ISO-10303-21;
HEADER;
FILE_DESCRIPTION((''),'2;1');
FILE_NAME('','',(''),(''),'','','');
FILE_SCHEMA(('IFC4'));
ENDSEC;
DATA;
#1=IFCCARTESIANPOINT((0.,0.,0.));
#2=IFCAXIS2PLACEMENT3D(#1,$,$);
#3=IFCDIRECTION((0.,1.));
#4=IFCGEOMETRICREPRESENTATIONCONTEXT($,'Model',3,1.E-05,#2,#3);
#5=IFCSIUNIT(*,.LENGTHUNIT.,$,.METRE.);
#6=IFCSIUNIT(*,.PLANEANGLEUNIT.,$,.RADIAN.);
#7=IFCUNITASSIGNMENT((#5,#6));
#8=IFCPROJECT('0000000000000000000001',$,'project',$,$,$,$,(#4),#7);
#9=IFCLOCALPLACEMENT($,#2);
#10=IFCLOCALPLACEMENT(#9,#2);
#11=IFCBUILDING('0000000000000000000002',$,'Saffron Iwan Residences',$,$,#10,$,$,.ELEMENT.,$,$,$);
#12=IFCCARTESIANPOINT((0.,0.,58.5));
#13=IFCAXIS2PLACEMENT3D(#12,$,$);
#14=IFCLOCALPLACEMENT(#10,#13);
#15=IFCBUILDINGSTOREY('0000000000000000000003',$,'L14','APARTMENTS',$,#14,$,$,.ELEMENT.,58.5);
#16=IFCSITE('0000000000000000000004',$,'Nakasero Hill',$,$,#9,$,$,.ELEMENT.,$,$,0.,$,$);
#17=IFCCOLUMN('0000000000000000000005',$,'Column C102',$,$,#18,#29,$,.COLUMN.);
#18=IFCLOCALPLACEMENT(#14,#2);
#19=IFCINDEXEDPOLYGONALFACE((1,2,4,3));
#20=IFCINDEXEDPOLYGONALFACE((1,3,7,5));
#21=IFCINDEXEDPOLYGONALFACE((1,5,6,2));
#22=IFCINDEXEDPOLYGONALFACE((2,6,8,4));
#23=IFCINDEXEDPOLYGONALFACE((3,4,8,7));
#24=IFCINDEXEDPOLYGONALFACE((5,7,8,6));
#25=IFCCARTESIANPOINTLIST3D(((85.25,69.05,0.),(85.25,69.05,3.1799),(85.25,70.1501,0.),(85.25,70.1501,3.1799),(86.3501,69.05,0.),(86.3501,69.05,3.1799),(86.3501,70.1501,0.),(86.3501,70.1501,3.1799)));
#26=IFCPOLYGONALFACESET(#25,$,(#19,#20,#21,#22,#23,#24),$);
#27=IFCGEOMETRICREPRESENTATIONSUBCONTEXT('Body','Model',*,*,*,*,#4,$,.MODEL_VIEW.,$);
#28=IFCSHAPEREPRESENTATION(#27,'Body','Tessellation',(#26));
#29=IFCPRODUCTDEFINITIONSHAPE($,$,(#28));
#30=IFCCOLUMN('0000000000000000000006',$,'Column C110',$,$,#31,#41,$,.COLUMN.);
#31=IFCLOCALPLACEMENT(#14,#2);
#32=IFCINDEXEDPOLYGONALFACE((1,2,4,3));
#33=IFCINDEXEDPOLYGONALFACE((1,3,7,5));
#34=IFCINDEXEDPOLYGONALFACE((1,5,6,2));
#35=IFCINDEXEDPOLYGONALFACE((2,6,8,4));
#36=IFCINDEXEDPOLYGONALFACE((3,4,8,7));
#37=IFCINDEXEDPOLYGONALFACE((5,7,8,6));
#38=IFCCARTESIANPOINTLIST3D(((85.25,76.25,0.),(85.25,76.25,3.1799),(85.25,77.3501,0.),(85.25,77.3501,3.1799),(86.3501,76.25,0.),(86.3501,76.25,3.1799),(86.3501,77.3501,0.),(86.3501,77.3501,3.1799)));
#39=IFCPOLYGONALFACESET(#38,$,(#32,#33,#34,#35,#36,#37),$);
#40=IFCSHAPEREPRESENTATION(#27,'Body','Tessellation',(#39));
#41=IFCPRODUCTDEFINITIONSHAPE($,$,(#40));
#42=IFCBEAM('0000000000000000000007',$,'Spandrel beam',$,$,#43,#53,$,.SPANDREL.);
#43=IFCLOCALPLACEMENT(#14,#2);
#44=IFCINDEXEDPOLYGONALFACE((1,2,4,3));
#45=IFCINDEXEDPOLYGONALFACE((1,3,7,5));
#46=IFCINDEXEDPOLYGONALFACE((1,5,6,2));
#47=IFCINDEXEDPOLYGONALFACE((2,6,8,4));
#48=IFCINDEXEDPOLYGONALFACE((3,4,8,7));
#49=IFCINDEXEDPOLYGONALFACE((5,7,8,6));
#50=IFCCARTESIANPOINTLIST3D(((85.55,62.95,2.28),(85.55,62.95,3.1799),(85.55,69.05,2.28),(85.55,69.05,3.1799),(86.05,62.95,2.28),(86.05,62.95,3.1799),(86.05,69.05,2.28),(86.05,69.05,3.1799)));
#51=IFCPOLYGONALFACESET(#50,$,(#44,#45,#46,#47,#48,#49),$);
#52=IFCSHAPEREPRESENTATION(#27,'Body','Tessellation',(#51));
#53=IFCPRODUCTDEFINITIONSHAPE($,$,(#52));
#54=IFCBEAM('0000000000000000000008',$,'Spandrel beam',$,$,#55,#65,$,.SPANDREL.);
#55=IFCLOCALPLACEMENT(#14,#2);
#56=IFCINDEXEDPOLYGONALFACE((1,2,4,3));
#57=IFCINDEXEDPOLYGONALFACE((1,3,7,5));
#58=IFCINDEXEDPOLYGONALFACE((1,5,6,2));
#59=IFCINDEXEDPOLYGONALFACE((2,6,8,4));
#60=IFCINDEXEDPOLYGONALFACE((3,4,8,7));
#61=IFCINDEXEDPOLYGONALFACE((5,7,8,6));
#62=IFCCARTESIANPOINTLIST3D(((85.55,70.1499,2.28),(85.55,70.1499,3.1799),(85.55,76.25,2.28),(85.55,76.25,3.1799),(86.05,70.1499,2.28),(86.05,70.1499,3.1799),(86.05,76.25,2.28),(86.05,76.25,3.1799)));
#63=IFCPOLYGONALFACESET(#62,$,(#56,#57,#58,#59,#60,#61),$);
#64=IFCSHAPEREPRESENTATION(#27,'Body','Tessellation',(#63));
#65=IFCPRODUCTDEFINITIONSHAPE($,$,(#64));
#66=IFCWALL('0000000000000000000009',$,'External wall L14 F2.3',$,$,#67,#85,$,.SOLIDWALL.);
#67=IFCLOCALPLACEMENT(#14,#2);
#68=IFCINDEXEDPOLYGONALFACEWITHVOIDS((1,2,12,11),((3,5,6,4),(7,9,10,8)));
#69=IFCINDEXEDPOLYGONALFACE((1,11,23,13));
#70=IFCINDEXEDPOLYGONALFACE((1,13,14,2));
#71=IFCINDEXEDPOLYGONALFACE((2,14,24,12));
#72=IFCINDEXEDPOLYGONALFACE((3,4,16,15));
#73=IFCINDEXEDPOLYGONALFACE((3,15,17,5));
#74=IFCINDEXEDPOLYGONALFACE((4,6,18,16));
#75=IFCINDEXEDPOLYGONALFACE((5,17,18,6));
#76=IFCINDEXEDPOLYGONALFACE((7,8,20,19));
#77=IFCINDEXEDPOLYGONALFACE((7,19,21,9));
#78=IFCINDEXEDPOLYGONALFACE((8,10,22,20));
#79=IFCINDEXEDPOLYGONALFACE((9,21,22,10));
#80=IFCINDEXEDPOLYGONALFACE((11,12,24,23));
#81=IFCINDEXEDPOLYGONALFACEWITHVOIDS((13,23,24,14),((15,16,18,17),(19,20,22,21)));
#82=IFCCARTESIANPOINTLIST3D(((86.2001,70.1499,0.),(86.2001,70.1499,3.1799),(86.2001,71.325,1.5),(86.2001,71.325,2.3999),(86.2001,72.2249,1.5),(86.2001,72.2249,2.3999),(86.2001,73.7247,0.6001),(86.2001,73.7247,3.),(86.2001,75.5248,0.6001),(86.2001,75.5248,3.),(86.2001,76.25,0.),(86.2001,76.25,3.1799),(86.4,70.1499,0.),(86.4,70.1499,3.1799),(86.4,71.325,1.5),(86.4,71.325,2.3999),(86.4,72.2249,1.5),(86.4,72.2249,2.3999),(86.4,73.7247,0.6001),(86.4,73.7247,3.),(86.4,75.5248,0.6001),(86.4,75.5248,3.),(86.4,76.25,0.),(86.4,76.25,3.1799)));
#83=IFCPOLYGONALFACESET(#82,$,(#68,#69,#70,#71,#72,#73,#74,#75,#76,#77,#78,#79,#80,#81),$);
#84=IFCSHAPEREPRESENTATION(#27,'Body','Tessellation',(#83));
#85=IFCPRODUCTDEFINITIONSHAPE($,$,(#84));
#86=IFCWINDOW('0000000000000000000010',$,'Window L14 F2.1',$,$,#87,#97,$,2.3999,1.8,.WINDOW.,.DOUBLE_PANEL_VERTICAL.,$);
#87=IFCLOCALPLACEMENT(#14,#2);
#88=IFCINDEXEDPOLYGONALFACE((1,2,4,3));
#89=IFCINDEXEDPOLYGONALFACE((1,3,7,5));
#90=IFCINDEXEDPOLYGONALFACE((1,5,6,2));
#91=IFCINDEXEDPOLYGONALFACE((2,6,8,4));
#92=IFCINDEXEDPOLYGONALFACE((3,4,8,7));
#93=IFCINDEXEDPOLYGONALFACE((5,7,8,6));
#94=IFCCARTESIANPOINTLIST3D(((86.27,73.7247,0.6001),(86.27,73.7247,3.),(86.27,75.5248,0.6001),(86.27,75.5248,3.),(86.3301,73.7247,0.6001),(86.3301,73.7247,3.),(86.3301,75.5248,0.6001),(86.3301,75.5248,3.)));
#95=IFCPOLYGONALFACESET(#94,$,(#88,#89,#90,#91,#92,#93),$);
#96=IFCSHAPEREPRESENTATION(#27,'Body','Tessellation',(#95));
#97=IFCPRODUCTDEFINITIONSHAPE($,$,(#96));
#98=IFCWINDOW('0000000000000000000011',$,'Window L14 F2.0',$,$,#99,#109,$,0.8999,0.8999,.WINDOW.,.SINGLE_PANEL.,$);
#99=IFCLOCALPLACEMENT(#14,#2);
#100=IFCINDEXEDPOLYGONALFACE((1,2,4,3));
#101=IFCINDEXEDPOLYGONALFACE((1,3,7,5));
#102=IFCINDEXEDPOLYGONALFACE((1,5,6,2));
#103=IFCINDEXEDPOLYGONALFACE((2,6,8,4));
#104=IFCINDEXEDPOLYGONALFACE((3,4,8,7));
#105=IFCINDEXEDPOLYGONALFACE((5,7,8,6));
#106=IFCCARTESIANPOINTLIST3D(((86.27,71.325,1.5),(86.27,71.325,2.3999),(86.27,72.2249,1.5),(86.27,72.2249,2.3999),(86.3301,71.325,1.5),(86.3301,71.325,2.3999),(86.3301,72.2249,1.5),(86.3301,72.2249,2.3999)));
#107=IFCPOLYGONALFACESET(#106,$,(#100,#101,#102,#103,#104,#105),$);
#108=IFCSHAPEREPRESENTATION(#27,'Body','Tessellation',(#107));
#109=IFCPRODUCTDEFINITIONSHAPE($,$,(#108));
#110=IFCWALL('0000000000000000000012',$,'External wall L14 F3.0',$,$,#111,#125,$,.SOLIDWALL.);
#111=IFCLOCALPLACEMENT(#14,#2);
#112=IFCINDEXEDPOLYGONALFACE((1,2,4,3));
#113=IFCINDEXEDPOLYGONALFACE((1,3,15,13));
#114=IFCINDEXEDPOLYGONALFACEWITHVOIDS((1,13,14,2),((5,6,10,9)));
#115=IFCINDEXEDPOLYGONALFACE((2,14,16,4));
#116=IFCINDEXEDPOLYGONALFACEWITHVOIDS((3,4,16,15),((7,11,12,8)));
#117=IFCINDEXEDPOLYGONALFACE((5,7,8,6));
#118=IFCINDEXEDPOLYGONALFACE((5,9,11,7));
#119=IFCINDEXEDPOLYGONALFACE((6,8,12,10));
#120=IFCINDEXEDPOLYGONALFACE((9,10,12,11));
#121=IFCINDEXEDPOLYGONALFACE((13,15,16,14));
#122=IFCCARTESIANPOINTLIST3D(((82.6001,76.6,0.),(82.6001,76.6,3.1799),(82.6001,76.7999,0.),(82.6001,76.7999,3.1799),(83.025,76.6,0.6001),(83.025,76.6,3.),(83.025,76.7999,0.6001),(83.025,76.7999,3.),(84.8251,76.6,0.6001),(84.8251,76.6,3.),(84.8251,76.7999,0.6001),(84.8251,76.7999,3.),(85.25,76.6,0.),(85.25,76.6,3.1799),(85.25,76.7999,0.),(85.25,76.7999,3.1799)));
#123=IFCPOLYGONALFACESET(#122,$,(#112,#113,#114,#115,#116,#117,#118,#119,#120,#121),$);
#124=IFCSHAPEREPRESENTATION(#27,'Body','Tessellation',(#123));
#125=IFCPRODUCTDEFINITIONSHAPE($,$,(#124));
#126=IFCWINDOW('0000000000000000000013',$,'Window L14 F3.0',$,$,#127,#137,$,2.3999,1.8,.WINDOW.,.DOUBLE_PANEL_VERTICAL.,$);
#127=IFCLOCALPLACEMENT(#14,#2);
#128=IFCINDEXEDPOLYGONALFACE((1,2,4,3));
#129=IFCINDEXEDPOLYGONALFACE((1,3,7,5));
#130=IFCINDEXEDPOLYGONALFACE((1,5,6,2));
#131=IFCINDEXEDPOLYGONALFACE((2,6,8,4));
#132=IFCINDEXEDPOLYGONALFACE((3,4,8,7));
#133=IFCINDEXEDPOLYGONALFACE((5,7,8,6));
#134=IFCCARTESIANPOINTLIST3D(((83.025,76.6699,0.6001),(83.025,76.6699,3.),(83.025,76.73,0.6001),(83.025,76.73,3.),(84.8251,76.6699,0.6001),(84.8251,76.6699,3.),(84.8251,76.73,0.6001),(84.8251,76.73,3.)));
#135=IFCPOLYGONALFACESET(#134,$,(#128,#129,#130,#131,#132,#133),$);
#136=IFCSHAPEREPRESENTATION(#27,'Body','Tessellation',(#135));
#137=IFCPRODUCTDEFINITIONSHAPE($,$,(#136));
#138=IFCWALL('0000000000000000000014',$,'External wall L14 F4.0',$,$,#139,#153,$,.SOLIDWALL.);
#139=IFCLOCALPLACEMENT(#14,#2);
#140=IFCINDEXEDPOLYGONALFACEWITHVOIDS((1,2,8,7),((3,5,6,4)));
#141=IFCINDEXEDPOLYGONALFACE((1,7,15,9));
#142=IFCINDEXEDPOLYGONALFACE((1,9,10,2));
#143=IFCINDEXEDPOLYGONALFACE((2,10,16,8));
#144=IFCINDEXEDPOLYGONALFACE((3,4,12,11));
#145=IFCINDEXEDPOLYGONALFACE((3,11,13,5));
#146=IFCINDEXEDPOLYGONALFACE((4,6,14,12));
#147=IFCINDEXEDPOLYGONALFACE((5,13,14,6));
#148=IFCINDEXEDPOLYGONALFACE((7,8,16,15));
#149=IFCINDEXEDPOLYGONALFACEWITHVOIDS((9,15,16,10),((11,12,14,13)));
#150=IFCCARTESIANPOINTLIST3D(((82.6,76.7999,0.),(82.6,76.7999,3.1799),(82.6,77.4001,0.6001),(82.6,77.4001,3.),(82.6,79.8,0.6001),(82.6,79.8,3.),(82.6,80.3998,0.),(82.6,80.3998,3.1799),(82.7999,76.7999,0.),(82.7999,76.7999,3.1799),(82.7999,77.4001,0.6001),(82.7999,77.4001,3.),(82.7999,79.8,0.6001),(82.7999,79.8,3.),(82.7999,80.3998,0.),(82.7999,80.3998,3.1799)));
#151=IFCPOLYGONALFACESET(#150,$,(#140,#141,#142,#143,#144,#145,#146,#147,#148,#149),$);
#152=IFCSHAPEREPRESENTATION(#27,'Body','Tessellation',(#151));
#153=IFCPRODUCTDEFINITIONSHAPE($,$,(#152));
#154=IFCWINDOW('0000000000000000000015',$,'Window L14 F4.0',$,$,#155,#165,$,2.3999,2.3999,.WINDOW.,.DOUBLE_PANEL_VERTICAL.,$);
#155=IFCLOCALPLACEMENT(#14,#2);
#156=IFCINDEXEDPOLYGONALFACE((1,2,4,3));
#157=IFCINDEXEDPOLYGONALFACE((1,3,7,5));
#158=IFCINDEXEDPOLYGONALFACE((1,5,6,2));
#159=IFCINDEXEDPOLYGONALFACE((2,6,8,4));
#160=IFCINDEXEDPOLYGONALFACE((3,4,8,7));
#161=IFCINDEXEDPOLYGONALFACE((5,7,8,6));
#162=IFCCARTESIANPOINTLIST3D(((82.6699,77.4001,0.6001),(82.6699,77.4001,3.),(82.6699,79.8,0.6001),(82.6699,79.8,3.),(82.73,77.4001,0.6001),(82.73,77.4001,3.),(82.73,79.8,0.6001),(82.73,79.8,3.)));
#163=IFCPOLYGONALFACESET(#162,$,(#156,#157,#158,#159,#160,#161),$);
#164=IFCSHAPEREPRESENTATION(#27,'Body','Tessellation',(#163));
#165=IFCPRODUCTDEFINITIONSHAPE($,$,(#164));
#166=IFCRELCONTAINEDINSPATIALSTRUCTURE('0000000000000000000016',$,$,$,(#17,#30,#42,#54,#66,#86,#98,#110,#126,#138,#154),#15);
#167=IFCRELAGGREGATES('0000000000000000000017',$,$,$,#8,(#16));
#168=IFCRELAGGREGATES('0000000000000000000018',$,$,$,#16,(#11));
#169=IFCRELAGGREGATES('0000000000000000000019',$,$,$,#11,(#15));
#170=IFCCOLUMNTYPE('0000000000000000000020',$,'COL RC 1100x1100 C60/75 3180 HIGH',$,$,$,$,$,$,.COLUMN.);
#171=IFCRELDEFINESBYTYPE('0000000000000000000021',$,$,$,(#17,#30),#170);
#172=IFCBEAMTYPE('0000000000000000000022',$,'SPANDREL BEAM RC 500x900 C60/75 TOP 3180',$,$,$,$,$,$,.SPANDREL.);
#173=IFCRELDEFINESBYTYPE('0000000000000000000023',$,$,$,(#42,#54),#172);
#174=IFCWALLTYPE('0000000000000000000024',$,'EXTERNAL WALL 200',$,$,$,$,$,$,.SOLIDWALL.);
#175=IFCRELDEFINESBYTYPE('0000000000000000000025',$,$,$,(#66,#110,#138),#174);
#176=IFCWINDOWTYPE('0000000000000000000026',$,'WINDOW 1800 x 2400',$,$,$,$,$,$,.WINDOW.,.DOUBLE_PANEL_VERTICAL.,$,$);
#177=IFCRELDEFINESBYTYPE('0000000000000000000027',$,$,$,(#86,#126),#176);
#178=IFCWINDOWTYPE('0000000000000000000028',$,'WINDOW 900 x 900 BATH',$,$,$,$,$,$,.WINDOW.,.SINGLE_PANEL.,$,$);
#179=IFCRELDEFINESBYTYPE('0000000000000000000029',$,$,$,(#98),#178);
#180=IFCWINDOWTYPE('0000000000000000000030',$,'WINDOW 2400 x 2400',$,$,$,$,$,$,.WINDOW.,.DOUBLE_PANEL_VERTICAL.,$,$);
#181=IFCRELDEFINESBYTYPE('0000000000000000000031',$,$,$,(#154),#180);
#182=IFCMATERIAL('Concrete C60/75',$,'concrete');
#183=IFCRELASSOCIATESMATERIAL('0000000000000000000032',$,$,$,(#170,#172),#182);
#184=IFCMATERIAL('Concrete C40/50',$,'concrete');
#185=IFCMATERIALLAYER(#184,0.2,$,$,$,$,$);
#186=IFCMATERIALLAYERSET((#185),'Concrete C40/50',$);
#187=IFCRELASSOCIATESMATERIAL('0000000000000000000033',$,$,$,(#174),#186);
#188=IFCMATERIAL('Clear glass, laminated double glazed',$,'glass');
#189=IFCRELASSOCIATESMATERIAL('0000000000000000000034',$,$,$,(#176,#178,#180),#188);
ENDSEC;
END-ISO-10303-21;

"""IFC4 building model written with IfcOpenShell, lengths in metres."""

from ifc_helpers import new_model, si_unit, direction, frame, frame_2d, origin, origin_2d, place, context, subcontext, project, spatial, rectangle, extrude, source, transform, mapped, material, layer, layer_set, material_profile, profile_set, type_object, element, fill, save


model = new_model("IFC4")

# Units and contexts
model_context = context("Model", 3, precision=1e-05, world=origin(), true_north=direction((0.0, 1.0)))
body_context = subcontext(model_context, "Body", "Model", "MODEL_VIEW")
ifc_project = project(units=[si_unit("LENGTHUNIT", "METRE"), si_unit("PLANEANGLEUNIT", "RADIAN")], contexts=[model_context])

# Site, building, storey
site_placement = place(None, origin())
site = spatial("IfcSite", under=ifc_project, at=site_placement, Name="Nakasero Hill", CompositionType="ELEMENT", RefElevation=0.0)
building_placement = place(site_placement, origin())
building = spatial("IfcBuilding", under=site, at=building_placement, Name="Saffron Iwan Residences", CompositionType="ELEMENT")
storey_placement = place(building_placement, frame((0.0, 0.0, 58.5)))
storey = spatial("IfcBuildingStorey", under=building, at=storey_placement, Name="L14", Description="APARTMENTS", CompositionType="ELEMENT", Elevation=58.5)

# Columns
ifc_material_1 = material(Name="Concrete C60/75", Category="concrete")
ifc_material_profile_1 = material_profile(ifc_material_1, rectangle(XDim=1.1001, YDim=1.1001, at=origin_2d()), Name="RC 1100x1100")
ifc_profile_set_1 = profile_set([ifc_material_profile_1], Name="Concrete C60/75")
column_type = type_object("IfcColumnType", Name="COL RC 1100x1100 C60/75 3180 HIGH", PredefinedType="COLUMN", material=ifc_profile_set_1)
shared_shape_1 = source(origin(), body_context, "Body", "SweptSolid", [
    extrude(rectangle(XDim=1.1001, YDim=1.1001, at=origin_2d()), origin(), (0.0, 0.0, 1.0), 3.1799),
])
for number, where, z_axis, x_axis, name in (
    (1, (85.8, 69.6001, 0.0), (0.0, 0.0, 1.0), (1.0, 0.0, 0.0), "Column C102"),
    (2, (85.8, 76.8, 0.0), (0.0, 0.0, 1.0), (1.0, 0.0, 0.0), "Column C110"),
):
    element("IfcColumn", number, at=place(storey_placement, frame(where, z_axis=z_axis, x_axis=x_axis)), inside=storey, type_object=column_type, Name=name, PredefinedType="COLUMN", context=body_context, shape_type="MappedRepresentation", body=[
        mapped(shared_shape_1, transform((0.0, 0.0, 0.0))),
    ])

# Beams
ifc_material_profile_2 = material_profile(ifc_material_1, rectangle(XDim=0.5, YDim=0.8999, at=origin_2d()), Name="RC 500x900")
ifc_profile_set_2 = profile_set([ifc_material_profile_2], Name="Concrete C60/75")
beam_type = type_object("IfcBeamType", Name="SPANDREL BEAM RC 500x900 C60/75 TOP 3180", PredefinedType="SPANDREL", material=ifc_profile_set_2)
shared_shape_2 = source(origin(), body_context, "Body", "SweptSolid", [
    extrude(rectangle(XDim=0.5, YDim=0.8999, at=origin_2d()), origin(), (0.0, 0.0, 1.0), 6.1001),
])
for number, where, z_axis, x_axis, name in (
    (3, (85.8, 69.05, 2.73), (0.0, -1.0, 0.0), (1.0, 0.0, 0.0), "Spandrel beam"),
    (4, (85.8, 76.25, 2.73), (0.0, -1.0, 0.0), (1.0, 0.0, 0.0), "Spandrel beam"),
):
    element("IfcBeam", number, at=place(storey_placement, frame(where, z_axis=z_axis, x_axis=x_axis)), inside=storey, type_object=beam_type, Name=name, PredefinedType="SPANDREL", context=body_context, shape_type="MappedRepresentation", body=[
        mapped(shared_shape_2, transform((0.0, 0.0, 0.0))),
    ])

# Wall, openings, windows
ifc_material_2 = material(Name="Concrete C40/50", Category="concrete")
ifc_layer = layer(ifc_material_2, 0.2)
ifc_layer_set = layer_set([ifc_layer], Name="Concrete C40/50")
wall_type = type_object("IfcWallType", Name="EXTERNAL WALL 200", PredefinedType="SOLIDWALL", material=ifc_layer_set)
wall_1_placement = place(storey_placement, frame((86.3, 70.1499, 0.0), z_axis=(0.0, 0.0, 1.0), x_axis=(0.0, 1.0, 0.0)))
wall_1 = element("IfcWall", 5, at=wall_1_placement, inside=storey, type_object=wall_type, Name="External wall L14 F2.3", PredefinedType="SOLIDWALL", context=body_context, shape_type="SweptSolid", body=[
    extrude(rectangle(XDim=6.1001, YDim=0.2, at=frame_2d((3.05, 0.0))), origin(), (0.0, 0.0, 1.0), 3.1799),
])
opening_1_placement = place(wall_1_placement, frame((1.175, 0.0, 1.5)))
opening_1 = element("IfcOpeningElement", 6, at=opening_1_placement, cuts=wall_1, PredefinedType="OPENING", context=body_context, shape_type="SweptSolid", body=[
    extrude(rectangle(XDim=0.8999, YDim=0.8999, at=frame_2d((0.45, 0.45))), frame((0.0, 0.1099, 0.0), z_axis=(0.0, -1.0, 0.0), x_axis=(1.0, 0.0, 0.0)), (0.0, 0.0, 1.0), 0.22),
])
opening_2_placement = place(wall_1_placement, frame((3.575, 0.0, 0.6001)))
opening_2 = element("IfcOpeningElement", 7, at=opening_2_placement, cuts=wall_1, PredefinedType="OPENING", context=body_context, shape_type="SweptSolid", body=[
    extrude(rectangle(XDim=1.8, YDim=2.3999, at=frame_2d((0.8999, 1.2))), frame((0.0, 0.1099, 0.0), z_axis=(0.0, -1.0, 0.0), x_axis=(1.0, 0.0, 0.0)), (0.0, 0.0, 1.0), 0.22),
])
ifc_material_3 = material(Name="Clear glass, laminated double glazed", Category="glass")
window_type_1 = type_object("IfcWindowType", Name="WINDOW 1800 x 2400", PartitioningType="DOUBLE_PANEL_VERTICAL", PredefinedType="WINDOW", material=ifc_material_3)
window_1_placement = place(opening_2_placement, origin())
window_1 = element("IfcWindow", 8, at=window_1_placement, inside=storey, type_object=window_type_1, Name="Window L14 F2.1", OverallHeight=2.3999, OverallWidth=1.8, PartitioningType="DOUBLE_PANEL_VERTICAL", PredefinedType="WINDOW", context=body_context, shape_type="SweptSolid", body=[
    extrude(rectangle(XDim=1.8, YDim=2.3999, at=frame_2d((0.8999, 1.2))), frame((0.0, 0.03, 0.0), z_axis=(0.0, -1.0, 0.0), x_axis=(1.0, 0.0, 0.0)), (0.0, 0.0, 1.0), 0.0601),
])
fill(opening_2, window_1)
window_type_2 = type_object("IfcWindowType", Name="WINDOW 900 x 900 BATH", PartitioningType="SINGLE_PANEL", PredefinedType="WINDOW", material=ifc_material_3)
window_2_placement = place(opening_1_placement, origin())
window_2 = element("IfcWindow", 9, at=window_2_placement, inside=storey, type_object=window_type_2, Name="Window L14 F2.0", OverallHeight=0.8999, OverallWidth=0.8999, PartitioningType="SINGLE_PANEL", PredefinedType="WINDOW", context=body_context, shape_type="SweptSolid", body=[
    extrude(rectangle(XDim=0.8999, YDim=0.8999, at=frame_2d((0.45, 0.45))), frame((0.0, 0.03, 0.0), z_axis=(0.0, -1.0, 0.0), x_axis=(1.0, 0.0, 0.0)), (0.0, 0.0, 1.0), 0.0601),
])
fill(opening_1, window_2)

# Walls, openings, windows
wall_2_placement = place(storey_placement, frame((85.25, 76.7, 0.0), z_axis=(0.0, 0.0, 1.0), x_axis=(-1.0, 0.0, 0.0)))
wall_2 = element("IfcWall", 10, at=wall_2_placement, inside=storey, type_object=wall_type, Name="External wall L14 F3.0", PredefinedType="SOLIDWALL", context=body_context, shape_type="SweptSolid", body=[
    extrude(rectangle(XDim=2.6499, YDim=0.2, at=frame_2d((1.325, 0.0))), origin(), (0.0, 0.0, 1.0), 3.1799),
])
opening_3_placement = place(wall_2_placement, frame((0.425, 0.0, 0.6001)))
opening_3 = element("IfcOpeningElement", 11, at=opening_3_placement, cuts=wall_2, PredefinedType="OPENING", context=body_context, shape_type="SweptSolid", body=[
    extrude(rectangle(XDim=1.8, YDim=2.3999, at=frame_2d((0.8999, 1.2))), frame((0.0, 0.1099, 0.0), z_axis=(0.0, -1.0, 0.0), x_axis=(1.0, 0.0, 0.0)), (0.0, 0.0, 1.0), 0.22),
])
window_3_placement = place(opening_3_placement, origin())
window_3 = element("IfcWindow", 12, at=window_3_placement, inside=storey, type_object=window_type_1, Name="Window L14 F3.0", OverallHeight=2.3999, OverallWidth=1.8, PartitioningType="DOUBLE_PANEL_VERTICAL", PredefinedType="WINDOW", context=body_context, shape_type="SweptSolid", body=[
    extrude(rectangle(XDim=1.8, YDim=2.3999, at=frame_2d((0.8999, 1.2))), frame((0.0, 0.03, 0.0), z_axis=(0.0, -1.0, 0.0), x_axis=(1.0, 0.0, 0.0)), (0.0, 0.0, 1.0), 0.0601),
])
fill(opening_3, window_3)
wall_3_placement = place(storey_placement, frame((82.7, 76.8, 0.0), z_axis=(0.0, 0.0, 1.0), x_axis=(0.0, 1.0, 0.0)))
wall_3 = element("IfcWall", 13, at=wall_3_placement, inside=storey, type_object=wall_type, Name="External wall L14 F4.0", PredefinedType="SOLIDWALL", context=body_context, shape_type="SweptSolid", body=[
    extrude(rectangle(XDim=3.5999, YDim=0.2, at=frame_2d((1.7998, 0.0))), origin(), (0.0, 0.0, 1.0), 3.1799),
])
opening_4_placement = place(wall_3_placement, frame((0.6001, 0.0, 0.6001)))
opening_4 = element("IfcOpeningElement", 14, at=opening_4_placement, cuts=wall_3, PredefinedType="OPENING", context=body_context, shape_type="SweptSolid", body=[
    extrude(rectangle(XDim=2.3999, YDim=2.3999, at=frame_2d((1.2, 1.2))), frame((0.0, 0.1099, 0.0), z_axis=(0.0, -1.0, 0.0), x_axis=(1.0, 0.0, 0.0)), (0.0, 0.0, 1.0), 0.22),
])
window_type_3 = type_object("IfcWindowType", Name="WINDOW 2400 x 2400", PartitioningType="DOUBLE_PANEL_VERTICAL", PredefinedType="WINDOW", material=ifc_material_3)
window_4_placement = place(opening_4_placement, origin())
window_4 = element("IfcWindow", 15, at=window_4_placement, inside=storey, type_object=window_type_3, Name="Window L14 F4.0", OverallHeight=2.3999, OverallWidth=2.3999, PartitioningType="DOUBLE_PANEL_VERTICAL", PredefinedType="WINDOW", context=body_context, shape_type="SweptSolid", body=[
    extrude(rectangle(XDim=2.3999, YDim=2.3999, at=frame_2d((1.2, 1.2))), frame((0.0, 0.03, 0.0), z_axis=(0.0, -1.0, 0.0), x_axis=(1.0, 0.0, 0.0)), (0.0, 0.0, 1.0), 0.0601),
])
fill(opening_4, window_4)

save(model, "model.ifc")
